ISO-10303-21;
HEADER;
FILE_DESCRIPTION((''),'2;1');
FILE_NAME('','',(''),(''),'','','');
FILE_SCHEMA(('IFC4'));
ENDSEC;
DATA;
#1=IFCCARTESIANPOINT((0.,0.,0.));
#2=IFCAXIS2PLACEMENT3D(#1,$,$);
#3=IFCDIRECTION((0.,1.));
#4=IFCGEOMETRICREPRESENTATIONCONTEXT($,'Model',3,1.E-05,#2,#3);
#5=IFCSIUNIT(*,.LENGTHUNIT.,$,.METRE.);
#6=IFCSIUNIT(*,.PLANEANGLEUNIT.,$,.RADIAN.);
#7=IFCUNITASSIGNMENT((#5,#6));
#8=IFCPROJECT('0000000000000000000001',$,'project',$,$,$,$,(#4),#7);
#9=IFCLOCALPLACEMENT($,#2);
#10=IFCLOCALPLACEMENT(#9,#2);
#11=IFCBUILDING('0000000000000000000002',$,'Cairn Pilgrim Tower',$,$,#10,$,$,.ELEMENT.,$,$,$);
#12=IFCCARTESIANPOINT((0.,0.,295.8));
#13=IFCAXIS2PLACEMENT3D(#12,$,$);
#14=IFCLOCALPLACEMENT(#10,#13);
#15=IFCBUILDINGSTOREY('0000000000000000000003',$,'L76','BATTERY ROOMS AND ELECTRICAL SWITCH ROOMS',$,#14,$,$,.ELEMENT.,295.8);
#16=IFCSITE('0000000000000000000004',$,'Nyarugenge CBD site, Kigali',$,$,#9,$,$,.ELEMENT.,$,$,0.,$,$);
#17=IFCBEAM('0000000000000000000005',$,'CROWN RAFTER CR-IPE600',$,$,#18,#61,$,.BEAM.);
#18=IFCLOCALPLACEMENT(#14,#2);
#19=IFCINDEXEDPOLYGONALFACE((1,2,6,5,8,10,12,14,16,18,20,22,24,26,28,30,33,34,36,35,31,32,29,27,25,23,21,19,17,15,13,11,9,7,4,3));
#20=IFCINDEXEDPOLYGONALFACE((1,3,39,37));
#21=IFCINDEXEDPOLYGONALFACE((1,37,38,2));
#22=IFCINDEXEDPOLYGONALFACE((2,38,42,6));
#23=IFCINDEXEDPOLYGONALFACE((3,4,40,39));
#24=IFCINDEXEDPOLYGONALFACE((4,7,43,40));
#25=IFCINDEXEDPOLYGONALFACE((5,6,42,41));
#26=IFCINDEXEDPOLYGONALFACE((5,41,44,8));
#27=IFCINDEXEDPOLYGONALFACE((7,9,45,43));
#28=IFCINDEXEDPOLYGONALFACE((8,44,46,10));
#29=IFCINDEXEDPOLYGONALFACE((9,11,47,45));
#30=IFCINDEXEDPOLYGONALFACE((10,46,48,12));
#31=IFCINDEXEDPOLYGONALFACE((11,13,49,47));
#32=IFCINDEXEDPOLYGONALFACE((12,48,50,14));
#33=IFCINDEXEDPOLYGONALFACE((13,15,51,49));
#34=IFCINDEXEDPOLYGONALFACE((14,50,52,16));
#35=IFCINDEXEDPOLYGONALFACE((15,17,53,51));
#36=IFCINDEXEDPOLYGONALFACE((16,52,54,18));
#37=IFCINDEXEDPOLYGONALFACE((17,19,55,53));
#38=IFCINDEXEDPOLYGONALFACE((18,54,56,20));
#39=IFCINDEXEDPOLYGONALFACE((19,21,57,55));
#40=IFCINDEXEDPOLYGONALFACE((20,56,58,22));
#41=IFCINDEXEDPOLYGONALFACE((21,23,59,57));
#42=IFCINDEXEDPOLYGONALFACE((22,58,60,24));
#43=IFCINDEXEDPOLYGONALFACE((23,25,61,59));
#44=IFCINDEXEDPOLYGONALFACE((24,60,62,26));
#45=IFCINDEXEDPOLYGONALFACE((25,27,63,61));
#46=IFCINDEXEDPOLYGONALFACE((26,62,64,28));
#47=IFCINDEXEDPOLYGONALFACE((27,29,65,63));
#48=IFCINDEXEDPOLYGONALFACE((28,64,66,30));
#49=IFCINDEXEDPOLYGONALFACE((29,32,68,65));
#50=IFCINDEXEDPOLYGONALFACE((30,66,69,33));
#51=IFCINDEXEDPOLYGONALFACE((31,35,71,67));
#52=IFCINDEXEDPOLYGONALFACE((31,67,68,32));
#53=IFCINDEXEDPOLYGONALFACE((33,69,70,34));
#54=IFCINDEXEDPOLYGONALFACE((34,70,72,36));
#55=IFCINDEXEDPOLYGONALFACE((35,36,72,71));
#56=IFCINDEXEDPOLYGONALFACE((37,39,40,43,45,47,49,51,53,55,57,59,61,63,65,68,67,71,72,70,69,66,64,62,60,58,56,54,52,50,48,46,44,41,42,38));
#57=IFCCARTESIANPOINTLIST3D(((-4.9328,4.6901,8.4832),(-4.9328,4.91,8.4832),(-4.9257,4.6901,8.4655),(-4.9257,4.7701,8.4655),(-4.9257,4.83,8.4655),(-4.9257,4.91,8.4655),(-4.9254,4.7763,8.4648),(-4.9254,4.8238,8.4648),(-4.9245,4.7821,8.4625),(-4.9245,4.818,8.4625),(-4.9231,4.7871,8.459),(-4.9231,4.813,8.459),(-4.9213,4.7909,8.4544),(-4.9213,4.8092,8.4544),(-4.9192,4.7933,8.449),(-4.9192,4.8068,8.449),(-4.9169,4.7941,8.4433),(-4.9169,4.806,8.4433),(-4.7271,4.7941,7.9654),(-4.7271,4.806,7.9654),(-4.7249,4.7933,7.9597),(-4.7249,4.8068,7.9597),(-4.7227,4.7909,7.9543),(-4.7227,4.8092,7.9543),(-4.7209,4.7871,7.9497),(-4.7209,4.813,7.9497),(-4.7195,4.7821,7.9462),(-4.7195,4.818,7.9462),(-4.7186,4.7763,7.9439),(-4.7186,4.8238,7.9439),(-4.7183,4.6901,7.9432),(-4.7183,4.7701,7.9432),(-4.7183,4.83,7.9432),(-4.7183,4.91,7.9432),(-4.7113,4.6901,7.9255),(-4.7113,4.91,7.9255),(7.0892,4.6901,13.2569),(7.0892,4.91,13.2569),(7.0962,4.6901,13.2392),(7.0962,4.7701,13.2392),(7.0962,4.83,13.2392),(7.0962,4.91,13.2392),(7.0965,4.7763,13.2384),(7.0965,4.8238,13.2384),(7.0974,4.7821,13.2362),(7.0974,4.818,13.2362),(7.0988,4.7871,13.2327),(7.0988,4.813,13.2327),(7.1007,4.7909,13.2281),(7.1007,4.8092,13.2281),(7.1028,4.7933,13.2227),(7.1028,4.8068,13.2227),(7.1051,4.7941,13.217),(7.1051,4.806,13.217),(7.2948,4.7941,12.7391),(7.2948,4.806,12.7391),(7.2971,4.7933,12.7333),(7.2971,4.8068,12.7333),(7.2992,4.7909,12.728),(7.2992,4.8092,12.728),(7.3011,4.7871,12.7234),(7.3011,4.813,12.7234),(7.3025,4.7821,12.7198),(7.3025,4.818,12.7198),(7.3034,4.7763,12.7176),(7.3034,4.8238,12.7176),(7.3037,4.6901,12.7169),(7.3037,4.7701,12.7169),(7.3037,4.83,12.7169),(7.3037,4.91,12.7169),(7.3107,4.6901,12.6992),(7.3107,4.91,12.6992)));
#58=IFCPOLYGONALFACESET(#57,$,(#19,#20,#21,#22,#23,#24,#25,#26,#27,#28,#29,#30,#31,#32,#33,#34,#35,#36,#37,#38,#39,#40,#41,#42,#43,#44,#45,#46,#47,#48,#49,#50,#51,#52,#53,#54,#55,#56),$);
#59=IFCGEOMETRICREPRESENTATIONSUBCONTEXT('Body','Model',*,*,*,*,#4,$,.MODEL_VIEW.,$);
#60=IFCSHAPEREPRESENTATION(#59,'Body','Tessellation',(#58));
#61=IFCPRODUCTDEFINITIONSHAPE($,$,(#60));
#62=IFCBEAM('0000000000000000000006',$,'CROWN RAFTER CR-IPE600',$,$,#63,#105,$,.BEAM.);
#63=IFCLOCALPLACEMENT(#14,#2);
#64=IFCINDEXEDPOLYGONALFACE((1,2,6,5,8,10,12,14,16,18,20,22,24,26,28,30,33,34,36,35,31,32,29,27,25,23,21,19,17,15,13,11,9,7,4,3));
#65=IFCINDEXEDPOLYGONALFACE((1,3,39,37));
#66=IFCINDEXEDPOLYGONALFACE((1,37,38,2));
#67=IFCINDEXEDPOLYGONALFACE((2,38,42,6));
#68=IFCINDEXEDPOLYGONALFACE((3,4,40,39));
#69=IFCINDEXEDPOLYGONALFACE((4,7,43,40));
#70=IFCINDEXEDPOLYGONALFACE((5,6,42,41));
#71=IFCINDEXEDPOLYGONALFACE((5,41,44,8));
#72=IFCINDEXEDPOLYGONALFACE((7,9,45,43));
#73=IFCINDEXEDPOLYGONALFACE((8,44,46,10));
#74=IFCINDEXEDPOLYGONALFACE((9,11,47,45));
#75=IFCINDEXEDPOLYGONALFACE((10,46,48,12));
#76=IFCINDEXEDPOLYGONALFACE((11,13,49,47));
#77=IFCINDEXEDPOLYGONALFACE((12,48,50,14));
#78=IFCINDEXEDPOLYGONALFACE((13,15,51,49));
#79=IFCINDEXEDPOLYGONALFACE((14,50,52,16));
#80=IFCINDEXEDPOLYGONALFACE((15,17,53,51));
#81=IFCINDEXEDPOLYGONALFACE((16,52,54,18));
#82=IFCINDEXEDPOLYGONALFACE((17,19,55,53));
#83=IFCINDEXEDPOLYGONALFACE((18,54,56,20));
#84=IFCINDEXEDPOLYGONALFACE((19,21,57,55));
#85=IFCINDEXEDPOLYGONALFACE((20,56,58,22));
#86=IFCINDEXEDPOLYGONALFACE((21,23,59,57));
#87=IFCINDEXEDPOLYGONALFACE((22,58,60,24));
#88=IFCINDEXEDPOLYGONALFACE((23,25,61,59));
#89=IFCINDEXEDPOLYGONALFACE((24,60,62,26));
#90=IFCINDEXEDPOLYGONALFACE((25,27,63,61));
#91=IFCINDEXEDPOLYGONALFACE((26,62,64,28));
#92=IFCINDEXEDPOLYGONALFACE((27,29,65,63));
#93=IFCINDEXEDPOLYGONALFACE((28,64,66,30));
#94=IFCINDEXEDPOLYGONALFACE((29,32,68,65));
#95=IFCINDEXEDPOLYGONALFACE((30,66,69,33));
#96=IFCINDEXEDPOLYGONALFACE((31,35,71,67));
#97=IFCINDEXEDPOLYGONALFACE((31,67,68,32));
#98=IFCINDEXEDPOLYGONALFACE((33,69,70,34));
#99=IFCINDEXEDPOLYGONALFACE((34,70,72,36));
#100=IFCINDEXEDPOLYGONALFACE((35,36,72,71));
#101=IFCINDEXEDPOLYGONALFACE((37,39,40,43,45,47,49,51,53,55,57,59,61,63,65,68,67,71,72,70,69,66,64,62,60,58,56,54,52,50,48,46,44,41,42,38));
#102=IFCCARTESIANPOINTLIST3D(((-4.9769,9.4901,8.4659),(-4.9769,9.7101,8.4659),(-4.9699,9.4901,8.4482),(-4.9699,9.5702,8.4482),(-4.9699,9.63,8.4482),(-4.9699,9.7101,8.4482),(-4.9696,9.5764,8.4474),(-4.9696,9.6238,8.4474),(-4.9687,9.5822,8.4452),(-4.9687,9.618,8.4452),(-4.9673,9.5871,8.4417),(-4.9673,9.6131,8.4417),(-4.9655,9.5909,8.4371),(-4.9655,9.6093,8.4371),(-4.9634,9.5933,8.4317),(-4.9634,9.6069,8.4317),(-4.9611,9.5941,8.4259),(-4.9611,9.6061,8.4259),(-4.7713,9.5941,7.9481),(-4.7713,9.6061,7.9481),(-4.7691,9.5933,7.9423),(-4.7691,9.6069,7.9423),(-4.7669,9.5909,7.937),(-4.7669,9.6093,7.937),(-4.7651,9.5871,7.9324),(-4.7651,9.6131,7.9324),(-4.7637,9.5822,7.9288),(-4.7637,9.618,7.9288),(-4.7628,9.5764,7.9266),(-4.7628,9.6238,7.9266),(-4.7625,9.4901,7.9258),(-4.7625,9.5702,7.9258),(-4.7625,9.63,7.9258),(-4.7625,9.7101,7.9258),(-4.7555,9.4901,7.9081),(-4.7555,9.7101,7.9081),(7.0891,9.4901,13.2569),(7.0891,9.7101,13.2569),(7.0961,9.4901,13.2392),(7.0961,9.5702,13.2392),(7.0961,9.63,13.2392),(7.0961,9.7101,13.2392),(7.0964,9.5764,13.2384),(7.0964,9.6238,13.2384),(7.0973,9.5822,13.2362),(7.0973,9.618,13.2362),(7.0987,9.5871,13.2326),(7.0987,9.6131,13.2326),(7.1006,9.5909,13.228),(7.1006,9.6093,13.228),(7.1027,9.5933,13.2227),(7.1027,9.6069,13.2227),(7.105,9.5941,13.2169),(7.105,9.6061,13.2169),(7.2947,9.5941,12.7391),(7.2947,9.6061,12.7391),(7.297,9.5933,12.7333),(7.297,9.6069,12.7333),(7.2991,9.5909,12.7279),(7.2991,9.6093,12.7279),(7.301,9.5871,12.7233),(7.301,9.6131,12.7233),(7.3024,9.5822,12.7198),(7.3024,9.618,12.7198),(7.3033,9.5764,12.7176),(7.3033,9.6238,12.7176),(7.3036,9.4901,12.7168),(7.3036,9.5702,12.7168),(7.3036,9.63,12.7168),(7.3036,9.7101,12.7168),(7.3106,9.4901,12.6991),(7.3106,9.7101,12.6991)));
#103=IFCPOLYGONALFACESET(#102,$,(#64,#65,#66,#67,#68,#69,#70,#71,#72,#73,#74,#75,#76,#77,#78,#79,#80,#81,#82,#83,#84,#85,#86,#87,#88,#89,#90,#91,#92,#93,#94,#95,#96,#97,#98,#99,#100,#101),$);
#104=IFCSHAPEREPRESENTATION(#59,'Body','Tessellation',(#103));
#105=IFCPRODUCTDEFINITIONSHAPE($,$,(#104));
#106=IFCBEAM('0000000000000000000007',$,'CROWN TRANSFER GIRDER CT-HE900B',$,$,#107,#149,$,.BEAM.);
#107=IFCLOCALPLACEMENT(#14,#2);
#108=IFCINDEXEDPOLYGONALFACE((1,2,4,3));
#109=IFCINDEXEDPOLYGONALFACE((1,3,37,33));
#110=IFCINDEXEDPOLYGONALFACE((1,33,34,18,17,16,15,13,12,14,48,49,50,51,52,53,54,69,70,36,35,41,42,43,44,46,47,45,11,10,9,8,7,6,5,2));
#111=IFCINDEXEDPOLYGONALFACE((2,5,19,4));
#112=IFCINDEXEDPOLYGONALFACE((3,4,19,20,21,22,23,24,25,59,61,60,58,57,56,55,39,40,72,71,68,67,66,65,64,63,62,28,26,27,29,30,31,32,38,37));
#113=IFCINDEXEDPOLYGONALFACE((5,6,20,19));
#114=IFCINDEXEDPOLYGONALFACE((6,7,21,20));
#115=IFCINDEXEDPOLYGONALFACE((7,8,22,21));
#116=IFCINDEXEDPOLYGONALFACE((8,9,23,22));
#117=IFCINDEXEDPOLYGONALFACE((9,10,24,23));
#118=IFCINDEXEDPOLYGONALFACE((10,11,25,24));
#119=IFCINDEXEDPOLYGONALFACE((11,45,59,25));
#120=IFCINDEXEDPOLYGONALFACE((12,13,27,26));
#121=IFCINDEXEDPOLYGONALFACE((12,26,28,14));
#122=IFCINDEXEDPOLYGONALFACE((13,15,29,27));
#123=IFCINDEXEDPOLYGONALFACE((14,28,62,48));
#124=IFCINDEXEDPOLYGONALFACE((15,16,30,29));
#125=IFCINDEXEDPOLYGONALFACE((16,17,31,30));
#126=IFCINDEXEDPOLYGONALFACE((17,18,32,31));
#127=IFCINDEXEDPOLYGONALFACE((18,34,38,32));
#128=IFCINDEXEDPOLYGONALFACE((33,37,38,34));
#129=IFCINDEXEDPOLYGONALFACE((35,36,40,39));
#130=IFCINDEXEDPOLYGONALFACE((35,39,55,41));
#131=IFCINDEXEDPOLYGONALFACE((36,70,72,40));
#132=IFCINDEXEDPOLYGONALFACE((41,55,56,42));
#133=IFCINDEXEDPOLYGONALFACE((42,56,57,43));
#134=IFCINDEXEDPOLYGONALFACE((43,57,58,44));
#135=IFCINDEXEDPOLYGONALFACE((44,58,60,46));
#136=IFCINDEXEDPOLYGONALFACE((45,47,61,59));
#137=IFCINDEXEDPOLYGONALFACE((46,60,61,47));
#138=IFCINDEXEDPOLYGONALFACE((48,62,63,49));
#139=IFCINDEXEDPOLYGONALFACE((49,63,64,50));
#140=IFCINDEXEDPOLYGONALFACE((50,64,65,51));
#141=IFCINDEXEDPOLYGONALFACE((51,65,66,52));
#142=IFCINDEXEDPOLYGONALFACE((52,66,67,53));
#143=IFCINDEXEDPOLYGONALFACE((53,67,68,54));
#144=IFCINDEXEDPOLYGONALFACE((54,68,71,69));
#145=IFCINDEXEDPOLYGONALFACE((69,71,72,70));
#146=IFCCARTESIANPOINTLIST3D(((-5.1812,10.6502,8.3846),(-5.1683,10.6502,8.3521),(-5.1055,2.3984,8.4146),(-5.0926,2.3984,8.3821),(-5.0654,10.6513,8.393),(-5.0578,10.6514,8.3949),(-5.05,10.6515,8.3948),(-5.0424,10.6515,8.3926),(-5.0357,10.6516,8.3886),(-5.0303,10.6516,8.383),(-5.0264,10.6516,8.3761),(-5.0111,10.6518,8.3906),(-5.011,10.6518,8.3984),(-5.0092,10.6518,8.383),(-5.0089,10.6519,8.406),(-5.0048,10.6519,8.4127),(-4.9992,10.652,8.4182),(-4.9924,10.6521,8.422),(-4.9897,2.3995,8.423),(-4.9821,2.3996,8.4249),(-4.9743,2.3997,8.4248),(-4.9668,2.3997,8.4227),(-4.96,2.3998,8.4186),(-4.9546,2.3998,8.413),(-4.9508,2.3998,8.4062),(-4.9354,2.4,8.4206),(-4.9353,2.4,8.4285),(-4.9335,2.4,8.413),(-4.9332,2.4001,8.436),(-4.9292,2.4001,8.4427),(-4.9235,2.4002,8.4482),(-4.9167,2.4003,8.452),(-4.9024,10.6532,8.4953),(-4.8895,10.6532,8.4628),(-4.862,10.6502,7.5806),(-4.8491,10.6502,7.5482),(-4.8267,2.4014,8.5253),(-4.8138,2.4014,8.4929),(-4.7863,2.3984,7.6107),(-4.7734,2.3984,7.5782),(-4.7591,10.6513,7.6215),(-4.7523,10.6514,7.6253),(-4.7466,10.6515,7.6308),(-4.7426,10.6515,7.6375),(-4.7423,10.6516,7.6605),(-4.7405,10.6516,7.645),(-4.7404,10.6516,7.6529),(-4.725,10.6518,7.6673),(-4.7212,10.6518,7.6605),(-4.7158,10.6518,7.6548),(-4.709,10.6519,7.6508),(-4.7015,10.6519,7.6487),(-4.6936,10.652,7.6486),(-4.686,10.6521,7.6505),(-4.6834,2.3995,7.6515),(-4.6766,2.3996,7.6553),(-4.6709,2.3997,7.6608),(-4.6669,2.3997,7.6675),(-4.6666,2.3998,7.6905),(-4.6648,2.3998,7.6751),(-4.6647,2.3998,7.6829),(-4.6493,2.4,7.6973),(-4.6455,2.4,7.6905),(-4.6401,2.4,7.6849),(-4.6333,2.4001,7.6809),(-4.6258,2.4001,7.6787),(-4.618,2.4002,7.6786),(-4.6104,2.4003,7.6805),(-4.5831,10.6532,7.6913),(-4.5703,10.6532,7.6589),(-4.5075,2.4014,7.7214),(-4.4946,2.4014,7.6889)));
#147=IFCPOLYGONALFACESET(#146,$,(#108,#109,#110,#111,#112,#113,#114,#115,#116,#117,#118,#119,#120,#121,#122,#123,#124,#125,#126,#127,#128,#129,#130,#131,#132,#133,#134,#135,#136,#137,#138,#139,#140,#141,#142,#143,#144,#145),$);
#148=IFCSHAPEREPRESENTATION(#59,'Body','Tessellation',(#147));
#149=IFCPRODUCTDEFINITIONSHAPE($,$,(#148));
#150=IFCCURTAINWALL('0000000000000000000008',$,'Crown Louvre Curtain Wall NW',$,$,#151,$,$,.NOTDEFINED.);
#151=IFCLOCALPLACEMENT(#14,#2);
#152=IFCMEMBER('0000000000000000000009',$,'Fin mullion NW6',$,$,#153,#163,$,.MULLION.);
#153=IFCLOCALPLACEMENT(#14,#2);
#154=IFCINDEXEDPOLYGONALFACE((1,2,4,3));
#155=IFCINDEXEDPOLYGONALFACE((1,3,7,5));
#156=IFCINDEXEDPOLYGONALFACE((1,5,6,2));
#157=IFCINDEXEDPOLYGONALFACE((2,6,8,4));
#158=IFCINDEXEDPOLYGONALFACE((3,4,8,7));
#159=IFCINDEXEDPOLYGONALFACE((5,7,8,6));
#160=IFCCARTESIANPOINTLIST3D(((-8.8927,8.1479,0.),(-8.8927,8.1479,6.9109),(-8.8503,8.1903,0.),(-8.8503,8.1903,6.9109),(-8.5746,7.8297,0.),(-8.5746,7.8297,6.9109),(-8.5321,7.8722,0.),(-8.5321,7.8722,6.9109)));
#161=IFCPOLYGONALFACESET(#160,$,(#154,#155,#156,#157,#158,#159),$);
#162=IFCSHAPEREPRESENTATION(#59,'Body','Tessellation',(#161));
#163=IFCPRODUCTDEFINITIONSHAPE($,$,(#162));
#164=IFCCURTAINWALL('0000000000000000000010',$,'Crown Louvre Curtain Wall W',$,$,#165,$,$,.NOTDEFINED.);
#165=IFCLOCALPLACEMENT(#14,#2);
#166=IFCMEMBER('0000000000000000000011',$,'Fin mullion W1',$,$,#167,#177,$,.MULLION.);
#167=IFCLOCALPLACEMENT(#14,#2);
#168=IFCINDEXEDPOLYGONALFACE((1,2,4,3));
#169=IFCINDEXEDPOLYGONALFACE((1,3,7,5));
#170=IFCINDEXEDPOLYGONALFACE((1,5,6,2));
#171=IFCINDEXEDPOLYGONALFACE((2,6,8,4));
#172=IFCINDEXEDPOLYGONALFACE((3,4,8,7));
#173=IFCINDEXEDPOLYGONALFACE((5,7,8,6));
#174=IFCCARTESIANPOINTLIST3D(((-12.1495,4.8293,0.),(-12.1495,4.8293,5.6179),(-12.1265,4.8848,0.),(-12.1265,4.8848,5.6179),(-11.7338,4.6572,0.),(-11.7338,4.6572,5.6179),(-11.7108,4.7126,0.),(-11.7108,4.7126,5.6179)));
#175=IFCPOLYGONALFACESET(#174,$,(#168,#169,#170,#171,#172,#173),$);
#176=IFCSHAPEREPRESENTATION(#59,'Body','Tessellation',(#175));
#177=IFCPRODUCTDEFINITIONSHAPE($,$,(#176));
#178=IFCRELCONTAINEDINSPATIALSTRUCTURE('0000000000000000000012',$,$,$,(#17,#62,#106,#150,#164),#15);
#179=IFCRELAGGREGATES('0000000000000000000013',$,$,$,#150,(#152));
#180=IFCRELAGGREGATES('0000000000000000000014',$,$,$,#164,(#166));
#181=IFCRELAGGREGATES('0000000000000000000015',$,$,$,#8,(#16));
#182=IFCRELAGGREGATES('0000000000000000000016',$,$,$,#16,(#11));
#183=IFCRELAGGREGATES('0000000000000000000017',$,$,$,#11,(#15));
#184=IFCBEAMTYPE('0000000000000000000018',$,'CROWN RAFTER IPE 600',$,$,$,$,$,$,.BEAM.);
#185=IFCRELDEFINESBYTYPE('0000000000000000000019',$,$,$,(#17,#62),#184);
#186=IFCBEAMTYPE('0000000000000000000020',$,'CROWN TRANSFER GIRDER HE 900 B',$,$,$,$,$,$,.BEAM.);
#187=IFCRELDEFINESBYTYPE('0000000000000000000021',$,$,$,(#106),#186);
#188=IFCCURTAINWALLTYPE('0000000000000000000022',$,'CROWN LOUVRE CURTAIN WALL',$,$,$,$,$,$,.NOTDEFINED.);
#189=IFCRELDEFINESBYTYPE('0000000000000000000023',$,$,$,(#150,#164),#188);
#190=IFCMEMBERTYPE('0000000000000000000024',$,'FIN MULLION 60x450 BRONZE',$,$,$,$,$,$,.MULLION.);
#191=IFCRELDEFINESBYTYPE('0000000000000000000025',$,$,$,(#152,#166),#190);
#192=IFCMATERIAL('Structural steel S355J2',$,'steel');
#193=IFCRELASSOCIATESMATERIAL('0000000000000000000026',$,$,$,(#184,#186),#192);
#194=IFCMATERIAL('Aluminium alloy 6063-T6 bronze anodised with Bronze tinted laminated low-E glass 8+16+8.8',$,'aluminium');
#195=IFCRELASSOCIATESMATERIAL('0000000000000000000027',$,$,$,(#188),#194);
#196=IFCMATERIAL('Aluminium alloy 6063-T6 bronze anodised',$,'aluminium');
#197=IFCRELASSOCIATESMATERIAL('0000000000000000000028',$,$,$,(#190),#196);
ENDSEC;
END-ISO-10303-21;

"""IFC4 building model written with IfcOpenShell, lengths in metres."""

from ifc_helpers import new_model, si_unit, direction, frame, origin, origin_2d, place, context, subcontext, project, spatial, rectangle, i_section, extrude, material, material_profile, profile_set, type_object, element, aggregate, save


model = new_model("IFC4")

# Units and contexts
model_context = context("Model", 3, precision=1e-05, world=origin(), true_north=direction((0.0, 1.0)))
body_context = subcontext(model_context, "Body", "Model", "MODEL_VIEW")
ifc_project = project(units=[si_unit("LENGTHUNIT", "METRE"), si_unit("PLANEANGLEUNIT", "RADIAN")], contexts=[model_context])

# Site, building, storey
site_placement = place(None, origin())
site = spatial("IfcSite", under=ifc_project, at=site_placement, Name="Nyarugenge CBD site, Kigali", CompositionType="ELEMENT", RefElevation=0.0)
building_placement = place(site_placement, origin())
building = spatial("IfcBuilding", under=site, at=building_placement, Name="Cairn Pilgrim Tower", CompositionType="ELEMENT")
storey_placement = place(building_placement, frame((0.0, 0.0, 295.8)))
storey = spatial("IfcBuildingStorey", under=building, at=storey_placement, Name="L76", Description="BATTERY ROOMS AND ELECTRICAL SWITCH ROOMS", CompositionType="ELEMENT", Elevation=295.8)

# Shared definitions
ifc_material_1 = material(Name="Structural steel S355J2", Category="steel")

# Beams
ifc_material_profile_1 = material_profile(ifc_material_1, i_section(OverallWidth=0.22, OverallDepth=0.6001, WebThickness=0.012, FlangeThickness=0.019, FilletRadius=0.0239, at=origin_2d()), Name="IPE 600")
ifc_profile_set_1 = profile_set([ifc_material_profile_1], Name="Structural steel S355J2")
beam_type_1 = type_object("IfcBeamType", Name="CROWN RAFTER IPE 600", PredefinedType="BEAM", material=ifc_profile_set_1)
beam_1_placement = place(storey_placement, frame((-4.822, 4.8, 8.2043), z_axis=(0.92941, 0.0, 0.36905), x_axis=(0.0, 1.0, 0.0)))
element("IfcBeam", 1, at=beam_1_placement, inside=storey, type_object=beam_type_1, Name="CROWN RAFTER CR-IPE600", PredefinedType="BEAM", context=body_context, shape_type="SweptSolid", body=[
    extrude(i_section(OverallWidth=0.22, OverallDepth=0.6001, WebThickness=0.012, FlangeThickness=0.019, FilletRadius=0.0239, at=origin_2d()), origin(), (0.0, 0.0, 1.0), 12.9351),
])
beam_2_placement = place(storey_placement, frame((-4.8662, 9.6001, 8.187), z_axis=(0.929415, 0.0, 0.369036), x_axis=(0.0, 1.0, 0.0)))
element("IfcBeam", 2, at=beam_2_placement, inside=storey, type_object=beam_type_1, Name="CROWN RAFTER CR-IPE600", PredefinedType="BEAM", context=body_context, shape_type="SweptSolid", body=[
    extrude(i_section(OverallWidth=0.22, OverallDepth=0.6001, WebThickness=0.012, FlangeThickness=0.019, FilletRadius=0.0239, at=origin_2d()), origin(), (0.0, 0.0, 1.0), 12.9824),
])
ifc_material_profile_2 = material_profile(ifc_material_1, i_section(OverallWidth=0.3, OverallDepth=0.8999, WebThickness=0.0186, FlangeThickness=0.0349, FilletRadius=0.03, at=origin_2d()), Name="HEB 900")
ifc_profile_set_2 = profile_set([ifc_material_profile_2], Name="Structural steel S355J2")
beam_type_2 = type_object("IfcBeamType", Name="CROWN TRANSFER GIRDER HE 900 B", PredefinedType="BEAM", material=ifc_profile_set_2)
beam_3_placement = place(storey_placement, frame((-4.8, 2.3999, 8.0518), z_axis=(-0.009171, 0.999951, -0.003639), x_axis=(-0.929371, -0.009867, -0.369014)))
element("IfcBeam", 3, at=beam_3_placement, inside=storey, type_object=beam_type_2, Name="CROWN TRANSFER GIRDER CT-HE900B", PredefinedType="BEAM", context=body_context, shape_type="SweptSolid", body=[
    extrude(i_section(OverallWidth=0.3, OverallDepth=0.8999, WebThickness=0.0186, FlangeThickness=0.0349, FilletRadius=0.03, at=origin_2d()), origin(), (0.0, 0.0, 1.0), 8.2522),
])

# Curtain walls, members
ifc_material_2 = material(Name="Aluminium alloy 6063-T6 bronze anodised with Bronze tinted laminated low-E glass 8+16+8.8", Category="aluminium")
curtain_wall_type = type_object("IfcCurtainWallType", Name="CROWN LOUVRE CURTAIN WALL", PredefinedType="NOTDEFINED", material=ifc_material_2)
curtain_wall_1_placement = place(storey_placement, origin())
curtain_wall_1 = element("IfcCurtainWall", 4, at=curtain_wall_1_placement, inside=storey, type_object=curtain_wall_type, Name="Crown Louvre Curtain Wall NW", PredefinedType="NOTDEFINED")
ifc_material_3 = material(Name="Aluminium alloy 6063-T6 bronze anodised", Category="aluminium")
ifc_material_profile_3 = material_profile(ifc_material_3, rectangle(XDim=0.45, YDim=0.0601, at=origin_2d()), Name="FIN MULLION 60x450 BRONZE")
ifc_profile_set_3 = profile_set([ifc_material_profile_3], Name="Aluminium alloy 6063-T6 bronze anodised")
member_type_1 = type_object("IfcMemberType", Name="FIN MULLION 60x450 BRONZE", PredefinedType="MULLION", material=ifc_profile_set_3)
member_1_placement = place(storey_placement, frame((-8.7124, 8.01, 0.0), z_axis=(0.0, 0.0, 1.0), x_axis=(-0.707107, 0.707107, 0.0)))
member_1 = element("IfcMember", 5, at=member_1_placement, type_object=member_type_1, Name="Fin mullion NW6", PredefinedType="MULLION", context=body_context, shape_type="SweptSolid", body=[
    extrude(rectangle(XDim=0.45, YDim=0.0601, at=origin_2d()), origin(), (0.0, 0.0, 1.0), 6.9109),
])
curtain_wall_2_placement = place(storey_placement, origin())
curtain_wall_2 = element("IfcCurtainWall", 6, at=curtain_wall_2_placement, inside=storey, type_object=curtain_wall_type, Name="Crown Louvre Curtain Wall W", PredefinedType="NOTDEFINED")
member_2_placement = place(storey_placement, frame((-11.9302, 4.771, 0.0), z_axis=(0.0, 0.0, 1.0), x_axis=(-0.92388, 0.382683, 0.0)))
member_2 = element("IfcMember", 7, at=member_2_placement, type_object=member_type_1, Name="Fin mullion W1", PredefinedType="MULLION", context=body_context, shape_type="SweptSolid", body=[
    extrude(rectangle(XDim=0.45, YDim=0.0601, at=origin_2d()), origin(), (0.0, 0.0, 1.0), 5.6179),
])

aggregate(curtain_wall_1, [member_1])
aggregate(curtain_wall_2, [member_2])

save(model, "model.ifc")
